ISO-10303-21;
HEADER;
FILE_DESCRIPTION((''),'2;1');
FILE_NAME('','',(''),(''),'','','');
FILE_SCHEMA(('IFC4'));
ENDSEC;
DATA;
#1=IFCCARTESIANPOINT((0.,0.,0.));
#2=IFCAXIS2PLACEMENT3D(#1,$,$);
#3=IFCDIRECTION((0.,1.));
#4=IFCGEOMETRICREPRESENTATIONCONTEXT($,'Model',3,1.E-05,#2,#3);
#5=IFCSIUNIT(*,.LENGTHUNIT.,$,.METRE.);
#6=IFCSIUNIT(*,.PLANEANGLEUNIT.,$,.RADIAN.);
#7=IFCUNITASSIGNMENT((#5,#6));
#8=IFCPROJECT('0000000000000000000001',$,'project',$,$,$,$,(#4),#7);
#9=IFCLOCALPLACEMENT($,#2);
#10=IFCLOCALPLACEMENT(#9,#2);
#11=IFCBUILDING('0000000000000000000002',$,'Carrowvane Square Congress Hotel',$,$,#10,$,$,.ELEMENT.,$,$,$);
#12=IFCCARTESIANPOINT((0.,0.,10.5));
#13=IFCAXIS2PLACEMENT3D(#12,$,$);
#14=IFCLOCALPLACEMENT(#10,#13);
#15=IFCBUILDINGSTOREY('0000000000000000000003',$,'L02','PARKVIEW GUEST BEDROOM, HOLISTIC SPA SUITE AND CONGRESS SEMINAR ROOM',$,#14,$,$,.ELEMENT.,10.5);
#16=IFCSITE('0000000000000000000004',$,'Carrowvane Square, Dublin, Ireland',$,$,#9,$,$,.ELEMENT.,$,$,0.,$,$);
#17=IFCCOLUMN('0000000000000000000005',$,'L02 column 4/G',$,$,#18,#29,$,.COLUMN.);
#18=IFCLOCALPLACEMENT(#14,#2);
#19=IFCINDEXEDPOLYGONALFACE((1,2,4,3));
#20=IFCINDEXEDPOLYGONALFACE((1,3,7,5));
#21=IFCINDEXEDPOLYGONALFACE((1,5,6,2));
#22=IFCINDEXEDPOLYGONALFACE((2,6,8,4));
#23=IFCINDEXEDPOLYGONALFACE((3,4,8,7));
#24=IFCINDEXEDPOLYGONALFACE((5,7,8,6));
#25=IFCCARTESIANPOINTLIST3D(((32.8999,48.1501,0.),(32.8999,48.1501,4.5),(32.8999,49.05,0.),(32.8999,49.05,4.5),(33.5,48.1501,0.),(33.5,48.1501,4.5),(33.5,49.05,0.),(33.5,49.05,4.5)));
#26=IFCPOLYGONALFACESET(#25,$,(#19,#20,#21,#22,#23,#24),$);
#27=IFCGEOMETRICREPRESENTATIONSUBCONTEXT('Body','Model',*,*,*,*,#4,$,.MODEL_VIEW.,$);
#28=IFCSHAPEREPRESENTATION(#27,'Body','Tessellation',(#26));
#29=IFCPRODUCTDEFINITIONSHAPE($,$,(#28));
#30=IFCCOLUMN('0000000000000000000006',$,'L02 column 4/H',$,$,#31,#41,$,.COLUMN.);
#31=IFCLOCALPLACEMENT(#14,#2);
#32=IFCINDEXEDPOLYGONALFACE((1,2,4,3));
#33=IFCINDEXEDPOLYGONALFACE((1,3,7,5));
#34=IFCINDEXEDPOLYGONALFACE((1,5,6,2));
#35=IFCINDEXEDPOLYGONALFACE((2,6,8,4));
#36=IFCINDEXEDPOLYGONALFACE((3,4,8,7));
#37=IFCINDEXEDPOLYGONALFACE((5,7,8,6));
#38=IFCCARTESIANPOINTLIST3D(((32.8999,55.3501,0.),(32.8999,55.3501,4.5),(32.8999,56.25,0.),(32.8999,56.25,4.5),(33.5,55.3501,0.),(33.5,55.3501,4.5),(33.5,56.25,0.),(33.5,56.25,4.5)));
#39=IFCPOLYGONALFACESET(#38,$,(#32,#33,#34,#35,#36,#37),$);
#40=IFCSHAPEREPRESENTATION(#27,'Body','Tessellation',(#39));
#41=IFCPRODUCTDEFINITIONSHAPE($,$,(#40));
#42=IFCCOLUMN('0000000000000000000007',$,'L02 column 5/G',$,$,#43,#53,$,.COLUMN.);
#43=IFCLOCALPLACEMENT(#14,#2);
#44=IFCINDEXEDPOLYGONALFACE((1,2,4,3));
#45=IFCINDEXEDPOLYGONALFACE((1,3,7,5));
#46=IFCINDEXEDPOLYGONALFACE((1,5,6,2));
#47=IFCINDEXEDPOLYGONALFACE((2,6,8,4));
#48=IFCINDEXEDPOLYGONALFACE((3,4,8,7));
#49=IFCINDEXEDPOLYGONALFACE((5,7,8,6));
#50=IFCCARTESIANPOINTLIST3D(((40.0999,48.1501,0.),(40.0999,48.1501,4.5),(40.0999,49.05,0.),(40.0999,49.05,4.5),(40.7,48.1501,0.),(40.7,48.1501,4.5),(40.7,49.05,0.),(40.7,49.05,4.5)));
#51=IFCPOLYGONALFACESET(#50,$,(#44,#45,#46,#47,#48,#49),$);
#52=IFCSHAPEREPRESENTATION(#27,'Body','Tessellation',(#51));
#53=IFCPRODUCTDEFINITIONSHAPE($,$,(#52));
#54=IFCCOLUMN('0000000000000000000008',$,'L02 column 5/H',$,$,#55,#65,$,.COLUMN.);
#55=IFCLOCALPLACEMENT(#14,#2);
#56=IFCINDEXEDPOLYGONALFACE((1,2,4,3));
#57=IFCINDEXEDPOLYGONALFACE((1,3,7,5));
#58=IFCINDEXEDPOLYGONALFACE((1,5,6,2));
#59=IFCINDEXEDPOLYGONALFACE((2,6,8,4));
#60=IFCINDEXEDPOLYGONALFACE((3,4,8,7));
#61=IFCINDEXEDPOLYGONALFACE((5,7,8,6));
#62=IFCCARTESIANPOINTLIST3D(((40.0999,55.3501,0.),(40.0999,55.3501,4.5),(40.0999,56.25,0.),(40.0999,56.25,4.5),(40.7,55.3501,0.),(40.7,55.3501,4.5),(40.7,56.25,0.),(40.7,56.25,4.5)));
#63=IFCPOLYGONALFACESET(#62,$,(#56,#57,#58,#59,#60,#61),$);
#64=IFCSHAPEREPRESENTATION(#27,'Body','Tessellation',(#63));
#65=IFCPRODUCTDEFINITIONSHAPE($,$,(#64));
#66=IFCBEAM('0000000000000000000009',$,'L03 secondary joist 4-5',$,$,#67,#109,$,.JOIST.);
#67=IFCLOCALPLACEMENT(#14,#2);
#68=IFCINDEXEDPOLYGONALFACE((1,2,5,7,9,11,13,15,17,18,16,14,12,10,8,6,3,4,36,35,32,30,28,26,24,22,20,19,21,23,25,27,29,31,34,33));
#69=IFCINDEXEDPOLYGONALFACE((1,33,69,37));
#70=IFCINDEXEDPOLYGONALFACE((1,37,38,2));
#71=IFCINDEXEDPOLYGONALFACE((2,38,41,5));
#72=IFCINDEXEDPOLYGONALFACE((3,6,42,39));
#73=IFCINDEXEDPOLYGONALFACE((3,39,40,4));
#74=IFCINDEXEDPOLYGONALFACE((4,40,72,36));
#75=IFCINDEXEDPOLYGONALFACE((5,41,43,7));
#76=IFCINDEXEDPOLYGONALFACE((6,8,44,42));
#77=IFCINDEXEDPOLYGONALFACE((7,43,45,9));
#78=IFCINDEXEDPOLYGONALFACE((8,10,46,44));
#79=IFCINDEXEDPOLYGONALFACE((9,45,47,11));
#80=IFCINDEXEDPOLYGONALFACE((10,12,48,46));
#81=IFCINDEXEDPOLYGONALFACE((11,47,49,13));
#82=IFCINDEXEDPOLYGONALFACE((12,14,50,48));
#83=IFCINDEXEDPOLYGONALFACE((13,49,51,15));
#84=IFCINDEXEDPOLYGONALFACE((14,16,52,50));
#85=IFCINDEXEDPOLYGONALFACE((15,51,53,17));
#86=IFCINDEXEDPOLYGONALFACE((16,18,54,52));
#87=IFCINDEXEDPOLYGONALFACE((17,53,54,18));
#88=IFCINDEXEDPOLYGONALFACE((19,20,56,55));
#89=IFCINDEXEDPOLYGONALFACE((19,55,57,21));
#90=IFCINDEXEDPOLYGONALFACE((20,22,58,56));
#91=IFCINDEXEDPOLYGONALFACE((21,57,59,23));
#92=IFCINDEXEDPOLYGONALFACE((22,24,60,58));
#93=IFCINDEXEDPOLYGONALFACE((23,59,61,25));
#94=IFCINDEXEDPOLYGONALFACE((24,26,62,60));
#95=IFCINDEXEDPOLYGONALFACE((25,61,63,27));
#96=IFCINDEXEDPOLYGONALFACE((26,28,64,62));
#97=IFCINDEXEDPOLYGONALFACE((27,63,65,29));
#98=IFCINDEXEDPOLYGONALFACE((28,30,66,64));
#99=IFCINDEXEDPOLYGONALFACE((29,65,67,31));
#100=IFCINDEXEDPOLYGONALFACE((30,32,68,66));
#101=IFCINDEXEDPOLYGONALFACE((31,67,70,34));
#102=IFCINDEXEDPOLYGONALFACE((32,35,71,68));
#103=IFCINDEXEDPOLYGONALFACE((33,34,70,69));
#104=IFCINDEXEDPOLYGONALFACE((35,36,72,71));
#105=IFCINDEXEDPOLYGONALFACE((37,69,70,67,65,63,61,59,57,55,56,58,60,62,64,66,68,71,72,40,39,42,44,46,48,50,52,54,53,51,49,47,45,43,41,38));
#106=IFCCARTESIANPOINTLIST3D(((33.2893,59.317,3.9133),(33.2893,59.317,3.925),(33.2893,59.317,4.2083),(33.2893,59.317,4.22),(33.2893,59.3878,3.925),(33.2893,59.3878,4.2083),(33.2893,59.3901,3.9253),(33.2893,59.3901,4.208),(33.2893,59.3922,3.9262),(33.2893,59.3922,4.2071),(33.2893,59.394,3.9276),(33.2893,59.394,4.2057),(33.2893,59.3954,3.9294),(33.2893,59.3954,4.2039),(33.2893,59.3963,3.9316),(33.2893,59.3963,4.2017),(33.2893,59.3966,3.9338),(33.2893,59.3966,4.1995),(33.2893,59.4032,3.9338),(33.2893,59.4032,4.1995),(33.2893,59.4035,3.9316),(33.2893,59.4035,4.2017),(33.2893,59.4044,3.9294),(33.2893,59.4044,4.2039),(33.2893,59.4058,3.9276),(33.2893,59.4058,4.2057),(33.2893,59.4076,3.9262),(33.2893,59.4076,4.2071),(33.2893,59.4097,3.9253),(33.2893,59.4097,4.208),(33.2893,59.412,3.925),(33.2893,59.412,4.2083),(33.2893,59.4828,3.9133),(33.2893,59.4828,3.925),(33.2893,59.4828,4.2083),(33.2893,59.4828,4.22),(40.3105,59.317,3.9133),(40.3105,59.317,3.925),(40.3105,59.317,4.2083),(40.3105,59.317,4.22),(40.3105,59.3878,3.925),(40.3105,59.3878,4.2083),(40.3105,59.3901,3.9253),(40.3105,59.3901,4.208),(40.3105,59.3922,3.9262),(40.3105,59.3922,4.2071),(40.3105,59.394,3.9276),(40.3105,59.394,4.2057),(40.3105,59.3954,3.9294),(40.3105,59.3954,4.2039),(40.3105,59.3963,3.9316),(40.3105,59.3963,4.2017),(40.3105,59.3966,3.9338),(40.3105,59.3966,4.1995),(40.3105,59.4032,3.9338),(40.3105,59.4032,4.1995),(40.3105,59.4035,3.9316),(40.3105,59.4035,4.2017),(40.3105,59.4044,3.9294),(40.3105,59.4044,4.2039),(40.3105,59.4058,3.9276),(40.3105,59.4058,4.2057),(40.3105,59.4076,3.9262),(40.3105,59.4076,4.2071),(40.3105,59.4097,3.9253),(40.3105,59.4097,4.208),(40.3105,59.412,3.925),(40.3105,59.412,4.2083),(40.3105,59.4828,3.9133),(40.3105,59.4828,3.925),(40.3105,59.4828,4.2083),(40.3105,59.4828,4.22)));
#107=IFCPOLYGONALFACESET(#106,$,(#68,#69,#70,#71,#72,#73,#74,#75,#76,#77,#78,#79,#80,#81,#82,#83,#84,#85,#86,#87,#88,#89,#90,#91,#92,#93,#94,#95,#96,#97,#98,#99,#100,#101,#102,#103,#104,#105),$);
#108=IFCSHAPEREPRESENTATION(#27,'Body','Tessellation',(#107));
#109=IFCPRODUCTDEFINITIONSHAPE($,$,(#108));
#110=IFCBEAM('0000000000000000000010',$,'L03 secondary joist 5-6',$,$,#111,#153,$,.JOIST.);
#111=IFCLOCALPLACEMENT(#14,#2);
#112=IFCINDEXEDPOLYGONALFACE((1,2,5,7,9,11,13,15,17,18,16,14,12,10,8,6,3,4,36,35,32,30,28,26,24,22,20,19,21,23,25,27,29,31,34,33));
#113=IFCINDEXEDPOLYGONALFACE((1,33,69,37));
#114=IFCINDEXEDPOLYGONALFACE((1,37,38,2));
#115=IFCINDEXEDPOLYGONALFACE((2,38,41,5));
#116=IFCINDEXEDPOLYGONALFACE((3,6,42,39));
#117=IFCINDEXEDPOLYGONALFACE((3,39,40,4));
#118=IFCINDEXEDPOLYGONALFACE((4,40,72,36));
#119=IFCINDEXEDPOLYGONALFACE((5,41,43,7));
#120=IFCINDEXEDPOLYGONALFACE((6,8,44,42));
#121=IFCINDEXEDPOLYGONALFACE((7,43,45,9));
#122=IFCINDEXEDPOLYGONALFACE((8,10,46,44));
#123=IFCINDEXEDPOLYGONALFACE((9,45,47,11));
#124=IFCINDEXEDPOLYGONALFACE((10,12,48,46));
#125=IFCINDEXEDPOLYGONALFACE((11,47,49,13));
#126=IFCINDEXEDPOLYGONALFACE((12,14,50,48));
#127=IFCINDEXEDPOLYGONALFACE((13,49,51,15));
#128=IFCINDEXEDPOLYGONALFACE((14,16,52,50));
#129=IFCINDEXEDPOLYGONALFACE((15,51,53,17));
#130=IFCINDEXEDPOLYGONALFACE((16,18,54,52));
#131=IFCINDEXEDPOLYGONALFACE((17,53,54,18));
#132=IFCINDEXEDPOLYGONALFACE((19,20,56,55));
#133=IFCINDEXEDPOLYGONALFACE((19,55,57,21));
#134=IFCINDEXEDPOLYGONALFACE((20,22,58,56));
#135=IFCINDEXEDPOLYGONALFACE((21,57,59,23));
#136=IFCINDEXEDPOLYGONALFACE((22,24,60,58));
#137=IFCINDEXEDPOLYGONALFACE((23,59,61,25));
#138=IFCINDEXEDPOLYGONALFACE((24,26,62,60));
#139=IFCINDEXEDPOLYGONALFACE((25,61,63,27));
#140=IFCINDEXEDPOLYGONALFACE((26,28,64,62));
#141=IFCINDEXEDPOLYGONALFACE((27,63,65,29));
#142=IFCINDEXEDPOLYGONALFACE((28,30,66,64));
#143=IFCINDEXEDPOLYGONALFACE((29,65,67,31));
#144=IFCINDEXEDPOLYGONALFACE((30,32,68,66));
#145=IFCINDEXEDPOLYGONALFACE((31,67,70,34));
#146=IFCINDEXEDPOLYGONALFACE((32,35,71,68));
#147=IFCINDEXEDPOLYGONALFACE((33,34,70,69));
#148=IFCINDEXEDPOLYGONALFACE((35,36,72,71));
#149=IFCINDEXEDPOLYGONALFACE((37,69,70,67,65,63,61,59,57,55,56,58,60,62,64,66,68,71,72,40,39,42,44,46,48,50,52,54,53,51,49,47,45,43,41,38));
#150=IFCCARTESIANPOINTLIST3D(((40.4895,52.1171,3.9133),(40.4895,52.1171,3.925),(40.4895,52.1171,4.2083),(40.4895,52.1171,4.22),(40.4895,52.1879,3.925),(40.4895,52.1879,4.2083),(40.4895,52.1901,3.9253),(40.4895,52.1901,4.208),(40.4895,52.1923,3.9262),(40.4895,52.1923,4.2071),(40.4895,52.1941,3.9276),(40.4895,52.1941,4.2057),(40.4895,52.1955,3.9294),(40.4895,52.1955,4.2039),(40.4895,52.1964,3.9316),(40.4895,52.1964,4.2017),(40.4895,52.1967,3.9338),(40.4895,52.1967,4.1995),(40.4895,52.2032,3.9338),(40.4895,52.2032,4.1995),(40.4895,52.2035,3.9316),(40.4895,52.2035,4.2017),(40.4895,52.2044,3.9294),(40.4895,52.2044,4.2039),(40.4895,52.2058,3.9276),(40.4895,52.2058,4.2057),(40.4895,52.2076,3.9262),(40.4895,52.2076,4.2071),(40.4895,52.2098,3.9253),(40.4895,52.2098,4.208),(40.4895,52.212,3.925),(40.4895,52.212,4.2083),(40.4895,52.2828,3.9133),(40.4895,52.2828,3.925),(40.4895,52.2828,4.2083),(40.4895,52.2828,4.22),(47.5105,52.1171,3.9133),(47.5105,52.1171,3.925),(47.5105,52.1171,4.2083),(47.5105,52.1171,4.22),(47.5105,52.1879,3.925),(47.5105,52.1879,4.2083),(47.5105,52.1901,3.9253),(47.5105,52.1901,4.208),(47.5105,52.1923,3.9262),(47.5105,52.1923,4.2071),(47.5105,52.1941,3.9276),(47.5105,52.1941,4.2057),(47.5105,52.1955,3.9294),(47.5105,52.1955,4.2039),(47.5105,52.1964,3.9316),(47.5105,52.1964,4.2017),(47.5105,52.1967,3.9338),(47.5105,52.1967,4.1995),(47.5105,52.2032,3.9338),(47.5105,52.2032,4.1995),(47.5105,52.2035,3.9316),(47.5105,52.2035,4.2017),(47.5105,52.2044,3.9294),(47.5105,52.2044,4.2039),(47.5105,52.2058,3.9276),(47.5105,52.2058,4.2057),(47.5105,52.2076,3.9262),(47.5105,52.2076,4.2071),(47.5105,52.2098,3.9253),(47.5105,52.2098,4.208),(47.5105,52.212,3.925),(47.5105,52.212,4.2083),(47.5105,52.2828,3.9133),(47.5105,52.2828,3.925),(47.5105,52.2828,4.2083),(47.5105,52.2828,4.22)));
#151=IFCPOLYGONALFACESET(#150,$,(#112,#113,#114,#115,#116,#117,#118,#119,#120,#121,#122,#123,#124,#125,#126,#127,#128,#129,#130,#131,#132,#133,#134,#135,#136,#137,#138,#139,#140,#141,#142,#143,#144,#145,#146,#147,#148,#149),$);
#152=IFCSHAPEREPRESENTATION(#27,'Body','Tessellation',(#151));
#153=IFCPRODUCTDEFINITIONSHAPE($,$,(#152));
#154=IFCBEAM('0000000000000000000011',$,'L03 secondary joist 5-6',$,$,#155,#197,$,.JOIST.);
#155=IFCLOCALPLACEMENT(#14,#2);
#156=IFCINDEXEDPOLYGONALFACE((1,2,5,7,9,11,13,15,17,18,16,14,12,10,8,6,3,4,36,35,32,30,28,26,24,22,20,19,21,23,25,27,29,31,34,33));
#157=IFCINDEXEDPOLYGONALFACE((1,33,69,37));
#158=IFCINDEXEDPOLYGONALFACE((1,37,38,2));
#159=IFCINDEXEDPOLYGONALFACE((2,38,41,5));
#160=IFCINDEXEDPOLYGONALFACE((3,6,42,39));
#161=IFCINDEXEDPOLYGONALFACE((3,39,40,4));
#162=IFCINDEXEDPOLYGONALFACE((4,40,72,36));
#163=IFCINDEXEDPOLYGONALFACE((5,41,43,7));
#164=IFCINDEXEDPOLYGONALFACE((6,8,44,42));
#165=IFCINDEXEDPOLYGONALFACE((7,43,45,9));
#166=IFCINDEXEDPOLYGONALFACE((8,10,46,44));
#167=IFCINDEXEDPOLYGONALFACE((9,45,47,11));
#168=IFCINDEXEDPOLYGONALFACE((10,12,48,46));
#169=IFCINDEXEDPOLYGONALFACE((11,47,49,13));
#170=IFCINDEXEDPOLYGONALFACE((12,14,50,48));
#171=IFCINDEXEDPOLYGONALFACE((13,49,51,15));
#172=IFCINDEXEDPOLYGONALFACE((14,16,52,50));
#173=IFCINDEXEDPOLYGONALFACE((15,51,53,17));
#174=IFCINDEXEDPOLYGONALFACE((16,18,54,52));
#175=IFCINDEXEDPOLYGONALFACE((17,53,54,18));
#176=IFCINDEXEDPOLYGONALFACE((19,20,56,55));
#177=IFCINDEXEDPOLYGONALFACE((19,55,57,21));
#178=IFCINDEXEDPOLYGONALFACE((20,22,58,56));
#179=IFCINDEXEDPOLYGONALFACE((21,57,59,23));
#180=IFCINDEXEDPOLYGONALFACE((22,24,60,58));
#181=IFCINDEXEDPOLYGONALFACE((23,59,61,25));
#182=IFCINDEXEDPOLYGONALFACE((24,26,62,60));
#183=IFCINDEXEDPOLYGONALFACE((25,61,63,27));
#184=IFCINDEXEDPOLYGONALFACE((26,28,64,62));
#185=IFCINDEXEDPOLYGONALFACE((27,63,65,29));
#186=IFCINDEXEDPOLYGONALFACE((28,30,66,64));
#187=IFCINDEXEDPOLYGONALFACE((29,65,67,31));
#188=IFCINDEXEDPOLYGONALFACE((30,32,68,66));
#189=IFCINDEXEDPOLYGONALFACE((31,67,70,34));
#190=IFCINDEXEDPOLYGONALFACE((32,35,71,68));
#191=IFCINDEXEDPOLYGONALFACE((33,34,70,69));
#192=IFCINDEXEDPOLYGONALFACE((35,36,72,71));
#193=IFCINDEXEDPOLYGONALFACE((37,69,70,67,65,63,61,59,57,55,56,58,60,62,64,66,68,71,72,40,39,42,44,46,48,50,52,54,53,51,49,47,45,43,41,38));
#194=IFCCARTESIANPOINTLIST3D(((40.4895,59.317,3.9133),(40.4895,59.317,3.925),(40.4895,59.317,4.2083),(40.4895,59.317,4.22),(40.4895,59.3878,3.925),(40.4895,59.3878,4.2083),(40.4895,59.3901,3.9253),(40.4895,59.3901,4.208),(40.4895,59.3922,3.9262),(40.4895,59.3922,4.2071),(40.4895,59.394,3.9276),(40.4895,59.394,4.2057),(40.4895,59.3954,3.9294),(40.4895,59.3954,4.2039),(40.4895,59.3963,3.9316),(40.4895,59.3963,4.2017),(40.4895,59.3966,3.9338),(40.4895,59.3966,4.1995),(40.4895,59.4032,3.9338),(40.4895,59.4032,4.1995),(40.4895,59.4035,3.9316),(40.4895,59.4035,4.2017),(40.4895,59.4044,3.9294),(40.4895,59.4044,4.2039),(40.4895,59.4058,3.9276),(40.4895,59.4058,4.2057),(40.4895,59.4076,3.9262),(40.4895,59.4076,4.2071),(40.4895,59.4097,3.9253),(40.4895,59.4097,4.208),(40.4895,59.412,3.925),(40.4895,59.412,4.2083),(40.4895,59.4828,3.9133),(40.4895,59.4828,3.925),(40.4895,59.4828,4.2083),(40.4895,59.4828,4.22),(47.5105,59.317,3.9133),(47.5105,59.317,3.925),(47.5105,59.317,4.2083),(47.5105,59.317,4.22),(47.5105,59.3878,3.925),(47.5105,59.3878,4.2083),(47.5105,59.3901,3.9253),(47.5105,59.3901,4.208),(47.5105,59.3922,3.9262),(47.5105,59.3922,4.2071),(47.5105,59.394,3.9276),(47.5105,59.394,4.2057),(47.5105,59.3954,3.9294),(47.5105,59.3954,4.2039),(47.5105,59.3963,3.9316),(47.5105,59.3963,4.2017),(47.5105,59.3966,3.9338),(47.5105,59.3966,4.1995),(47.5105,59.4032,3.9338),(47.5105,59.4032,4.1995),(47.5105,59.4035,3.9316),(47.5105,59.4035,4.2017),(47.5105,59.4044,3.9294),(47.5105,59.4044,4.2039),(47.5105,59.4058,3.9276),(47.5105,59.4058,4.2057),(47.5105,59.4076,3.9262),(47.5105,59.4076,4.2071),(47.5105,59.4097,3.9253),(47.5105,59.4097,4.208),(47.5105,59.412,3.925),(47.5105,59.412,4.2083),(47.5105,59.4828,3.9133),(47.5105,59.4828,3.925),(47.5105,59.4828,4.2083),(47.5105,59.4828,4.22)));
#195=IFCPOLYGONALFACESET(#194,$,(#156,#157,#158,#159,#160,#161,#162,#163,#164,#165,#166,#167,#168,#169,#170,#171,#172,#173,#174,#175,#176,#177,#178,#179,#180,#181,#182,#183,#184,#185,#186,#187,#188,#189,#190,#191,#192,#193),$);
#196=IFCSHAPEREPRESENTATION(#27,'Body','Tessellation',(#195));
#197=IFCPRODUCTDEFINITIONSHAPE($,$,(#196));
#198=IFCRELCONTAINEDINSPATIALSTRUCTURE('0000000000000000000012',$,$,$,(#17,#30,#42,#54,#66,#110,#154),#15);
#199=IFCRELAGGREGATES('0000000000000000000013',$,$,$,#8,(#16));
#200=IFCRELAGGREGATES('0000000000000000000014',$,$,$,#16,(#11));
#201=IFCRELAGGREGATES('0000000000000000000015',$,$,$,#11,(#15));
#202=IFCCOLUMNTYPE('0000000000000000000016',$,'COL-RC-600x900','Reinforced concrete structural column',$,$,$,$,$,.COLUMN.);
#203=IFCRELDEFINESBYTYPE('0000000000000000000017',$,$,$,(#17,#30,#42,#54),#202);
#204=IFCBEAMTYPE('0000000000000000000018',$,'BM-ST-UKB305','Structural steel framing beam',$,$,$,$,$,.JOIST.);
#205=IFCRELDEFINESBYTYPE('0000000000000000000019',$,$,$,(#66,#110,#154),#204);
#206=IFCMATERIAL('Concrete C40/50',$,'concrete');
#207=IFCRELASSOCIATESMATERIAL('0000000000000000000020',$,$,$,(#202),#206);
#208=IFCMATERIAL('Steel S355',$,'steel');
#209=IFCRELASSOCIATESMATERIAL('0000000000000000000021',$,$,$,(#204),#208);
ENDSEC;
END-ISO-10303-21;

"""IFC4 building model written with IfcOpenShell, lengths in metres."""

from ifc_helpers import new_model, si_unit, direction, frame, origin, origin_2d, place, context, subcontext, project, spatial, rectangle, i_section, extrude, material, material_profile, profile_set, type_object, element, save


model = new_model("IFC4")

# Units and contexts
model_context = context("Model", 3, precision=1e-05, world=origin(), true_north=direction((0.0, 1.0)))
body_context = subcontext(model_context, "Body", "Model", "MODEL_VIEW")
ifc_project = project(units=[si_unit("LENGTHUNIT", "METRE"), si_unit("PLANEANGLEUNIT", "RADIAN")], contexts=[model_context])

# Site, building, storey
site_placement = place(None, origin())
site = spatial("IfcSite", under=ifc_project, at=site_placement, Name="Carrowvane Square, Dublin, Ireland", CompositionType="ELEMENT", RefElevation=0.0)
building_placement = place(site_placement, origin())
building = spatial("IfcBuilding", under=site, at=building_placement, Name="Carrowvane Square Congress Hotel", CompositionType="ELEMENT")
storey_placement = place(building_placement, frame((0.0, 0.0, 10.5)))
storey = spatial("IfcBuildingStorey", under=building, at=storey_placement, Name="L02", Description="PARKVIEW GUEST BEDROOM, HOLISTIC SPA SUITE AND CONGRESS SEMINAR ROOM", CompositionType="ELEMENT", Elevation=10.5)

# Columns
ifc_material_1 = material(Name="Concrete C40/50", Category="concrete")
ifc_material_profile_1 = material_profile(ifc_material_1, rectangle(XDim=0.6001, YDim=0.8999, at=origin_2d()), Name="RC 600x900")
ifc_profile_set_1 = profile_set([ifc_material_profile_1], Name="Concrete C40/50")
column_type = type_object("IfcColumnType", Name="COL-RC-600x900", Description="Reinforced concrete structural column", PredefinedType="COLUMN", material=ifc_profile_set_1)
for number, where, z_axis, x_axis, name in (
    (1, (33.2, 48.6001, 0.0), (0.0, 0.0, 1.0), (1.0, 0.0, 0.0), "L02 column 4/G"),
    (2, (33.2, 55.8, 0.0), (0.0, 0.0, 1.0), (1.0, 0.0, 0.0), "L02 column 4/H"),
    (3, (40.3999, 48.6001, 0.0), (0.0, 0.0, 1.0), (1.0, 0.0, 0.0), "L02 column 5/G"),
    (4, (40.3999, 55.8, 0.0), (0.0, 0.0, 1.0), (1.0, 0.0, 0.0), "L02 column 5/H"),
):
    element("IfcColumn", number, at=place(storey_placement, frame(where, z_axis=z_axis, x_axis=x_axis)), inside=storey, type_object=column_type, Name=name, PredefinedType="COLUMN", context=body_context, shape_type="SweptSolid", body=[
        extrude(rectangle(XDim=0.6001, YDim=0.8999, at=origin_2d()), origin(), (0.0, 0.0, 1.0), 4.5),
    ])

# Beams
ifc_material_2 = material(Name="Steel S355", Category="steel")
ifc_material_profile_2 = material_profile(ifc_material_2, i_section(OverallWidth=0.1658, OverallDepth=0.3066, WebThickness=0.0066, FlangeThickness=0.0117, FilletRadius=0.0088, at=origin_2d()), Name="UKB 305x165x46")
ifc_profile_set_2 = profile_set([ifc_material_profile_2], Name="Steel S355")
beam_type_1 = type_object("IfcBeamType", Name="BM-ST-UKB305", Description="Structural steel framing beam", PredefinedType="JOIST", material=ifc_profile_set_2)
beam_1_placement = place(storey_placement, frame((33.2893, 59.3999, 4.0667), z_axis=(1.0, 0.0, 0.0), x_axis=(0.0, 1.0, 0.0)))
element("IfcBeam", 5, at=beam_1_placement, inside=storey, type_object=beam_type_1, Name="L03 secondary joist 4-5", PredefinedType="JOIST", context=body_context, shape_type="SweptSolid", body=[
    extrude(i_section(OverallWidth=0.1658, OverallDepth=0.3066, WebThickness=0.0066, FlangeThickness=0.0117, FilletRadius=0.0088, at=origin_2d()), origin(), (0.0, 0.0, 1.0), 7.0212),
])
for number, where, z_axis, x_axis, name in (
    (6, (40.4895, 52.2, 4.0667), (1.0, 0.0, 0.0), (0.0, 1.0, 0.0), "L03 secondary joist 5-6"),
    (7, (40.4895, 59.3999, 4.0667), (1.0, 0.0, 0.0), (0.0, 1.0, 0.0), "L03 secondary joist 5-6"),
):
    element("IfcBeam", number, at=place(storey_placement, frame(where, z_axis=z_axis, x_axis=x_axis)), inside=storey, type_object=beam_type_1, Name=name, PredefinedType="JOIST", context=body_context, shape_type="SweptSolid", body=[
        extrude(i_section(OverallWidth=0.1658, OverallDepth=0.3066, WebThickness=0.0066, FlangeThickness=0.0117, FilletRadius=0.0088, at=origin_2d()), origin(), (0.0, 0.0, 1.0), 7.021),
    ])

save(model, "model.ifc")
